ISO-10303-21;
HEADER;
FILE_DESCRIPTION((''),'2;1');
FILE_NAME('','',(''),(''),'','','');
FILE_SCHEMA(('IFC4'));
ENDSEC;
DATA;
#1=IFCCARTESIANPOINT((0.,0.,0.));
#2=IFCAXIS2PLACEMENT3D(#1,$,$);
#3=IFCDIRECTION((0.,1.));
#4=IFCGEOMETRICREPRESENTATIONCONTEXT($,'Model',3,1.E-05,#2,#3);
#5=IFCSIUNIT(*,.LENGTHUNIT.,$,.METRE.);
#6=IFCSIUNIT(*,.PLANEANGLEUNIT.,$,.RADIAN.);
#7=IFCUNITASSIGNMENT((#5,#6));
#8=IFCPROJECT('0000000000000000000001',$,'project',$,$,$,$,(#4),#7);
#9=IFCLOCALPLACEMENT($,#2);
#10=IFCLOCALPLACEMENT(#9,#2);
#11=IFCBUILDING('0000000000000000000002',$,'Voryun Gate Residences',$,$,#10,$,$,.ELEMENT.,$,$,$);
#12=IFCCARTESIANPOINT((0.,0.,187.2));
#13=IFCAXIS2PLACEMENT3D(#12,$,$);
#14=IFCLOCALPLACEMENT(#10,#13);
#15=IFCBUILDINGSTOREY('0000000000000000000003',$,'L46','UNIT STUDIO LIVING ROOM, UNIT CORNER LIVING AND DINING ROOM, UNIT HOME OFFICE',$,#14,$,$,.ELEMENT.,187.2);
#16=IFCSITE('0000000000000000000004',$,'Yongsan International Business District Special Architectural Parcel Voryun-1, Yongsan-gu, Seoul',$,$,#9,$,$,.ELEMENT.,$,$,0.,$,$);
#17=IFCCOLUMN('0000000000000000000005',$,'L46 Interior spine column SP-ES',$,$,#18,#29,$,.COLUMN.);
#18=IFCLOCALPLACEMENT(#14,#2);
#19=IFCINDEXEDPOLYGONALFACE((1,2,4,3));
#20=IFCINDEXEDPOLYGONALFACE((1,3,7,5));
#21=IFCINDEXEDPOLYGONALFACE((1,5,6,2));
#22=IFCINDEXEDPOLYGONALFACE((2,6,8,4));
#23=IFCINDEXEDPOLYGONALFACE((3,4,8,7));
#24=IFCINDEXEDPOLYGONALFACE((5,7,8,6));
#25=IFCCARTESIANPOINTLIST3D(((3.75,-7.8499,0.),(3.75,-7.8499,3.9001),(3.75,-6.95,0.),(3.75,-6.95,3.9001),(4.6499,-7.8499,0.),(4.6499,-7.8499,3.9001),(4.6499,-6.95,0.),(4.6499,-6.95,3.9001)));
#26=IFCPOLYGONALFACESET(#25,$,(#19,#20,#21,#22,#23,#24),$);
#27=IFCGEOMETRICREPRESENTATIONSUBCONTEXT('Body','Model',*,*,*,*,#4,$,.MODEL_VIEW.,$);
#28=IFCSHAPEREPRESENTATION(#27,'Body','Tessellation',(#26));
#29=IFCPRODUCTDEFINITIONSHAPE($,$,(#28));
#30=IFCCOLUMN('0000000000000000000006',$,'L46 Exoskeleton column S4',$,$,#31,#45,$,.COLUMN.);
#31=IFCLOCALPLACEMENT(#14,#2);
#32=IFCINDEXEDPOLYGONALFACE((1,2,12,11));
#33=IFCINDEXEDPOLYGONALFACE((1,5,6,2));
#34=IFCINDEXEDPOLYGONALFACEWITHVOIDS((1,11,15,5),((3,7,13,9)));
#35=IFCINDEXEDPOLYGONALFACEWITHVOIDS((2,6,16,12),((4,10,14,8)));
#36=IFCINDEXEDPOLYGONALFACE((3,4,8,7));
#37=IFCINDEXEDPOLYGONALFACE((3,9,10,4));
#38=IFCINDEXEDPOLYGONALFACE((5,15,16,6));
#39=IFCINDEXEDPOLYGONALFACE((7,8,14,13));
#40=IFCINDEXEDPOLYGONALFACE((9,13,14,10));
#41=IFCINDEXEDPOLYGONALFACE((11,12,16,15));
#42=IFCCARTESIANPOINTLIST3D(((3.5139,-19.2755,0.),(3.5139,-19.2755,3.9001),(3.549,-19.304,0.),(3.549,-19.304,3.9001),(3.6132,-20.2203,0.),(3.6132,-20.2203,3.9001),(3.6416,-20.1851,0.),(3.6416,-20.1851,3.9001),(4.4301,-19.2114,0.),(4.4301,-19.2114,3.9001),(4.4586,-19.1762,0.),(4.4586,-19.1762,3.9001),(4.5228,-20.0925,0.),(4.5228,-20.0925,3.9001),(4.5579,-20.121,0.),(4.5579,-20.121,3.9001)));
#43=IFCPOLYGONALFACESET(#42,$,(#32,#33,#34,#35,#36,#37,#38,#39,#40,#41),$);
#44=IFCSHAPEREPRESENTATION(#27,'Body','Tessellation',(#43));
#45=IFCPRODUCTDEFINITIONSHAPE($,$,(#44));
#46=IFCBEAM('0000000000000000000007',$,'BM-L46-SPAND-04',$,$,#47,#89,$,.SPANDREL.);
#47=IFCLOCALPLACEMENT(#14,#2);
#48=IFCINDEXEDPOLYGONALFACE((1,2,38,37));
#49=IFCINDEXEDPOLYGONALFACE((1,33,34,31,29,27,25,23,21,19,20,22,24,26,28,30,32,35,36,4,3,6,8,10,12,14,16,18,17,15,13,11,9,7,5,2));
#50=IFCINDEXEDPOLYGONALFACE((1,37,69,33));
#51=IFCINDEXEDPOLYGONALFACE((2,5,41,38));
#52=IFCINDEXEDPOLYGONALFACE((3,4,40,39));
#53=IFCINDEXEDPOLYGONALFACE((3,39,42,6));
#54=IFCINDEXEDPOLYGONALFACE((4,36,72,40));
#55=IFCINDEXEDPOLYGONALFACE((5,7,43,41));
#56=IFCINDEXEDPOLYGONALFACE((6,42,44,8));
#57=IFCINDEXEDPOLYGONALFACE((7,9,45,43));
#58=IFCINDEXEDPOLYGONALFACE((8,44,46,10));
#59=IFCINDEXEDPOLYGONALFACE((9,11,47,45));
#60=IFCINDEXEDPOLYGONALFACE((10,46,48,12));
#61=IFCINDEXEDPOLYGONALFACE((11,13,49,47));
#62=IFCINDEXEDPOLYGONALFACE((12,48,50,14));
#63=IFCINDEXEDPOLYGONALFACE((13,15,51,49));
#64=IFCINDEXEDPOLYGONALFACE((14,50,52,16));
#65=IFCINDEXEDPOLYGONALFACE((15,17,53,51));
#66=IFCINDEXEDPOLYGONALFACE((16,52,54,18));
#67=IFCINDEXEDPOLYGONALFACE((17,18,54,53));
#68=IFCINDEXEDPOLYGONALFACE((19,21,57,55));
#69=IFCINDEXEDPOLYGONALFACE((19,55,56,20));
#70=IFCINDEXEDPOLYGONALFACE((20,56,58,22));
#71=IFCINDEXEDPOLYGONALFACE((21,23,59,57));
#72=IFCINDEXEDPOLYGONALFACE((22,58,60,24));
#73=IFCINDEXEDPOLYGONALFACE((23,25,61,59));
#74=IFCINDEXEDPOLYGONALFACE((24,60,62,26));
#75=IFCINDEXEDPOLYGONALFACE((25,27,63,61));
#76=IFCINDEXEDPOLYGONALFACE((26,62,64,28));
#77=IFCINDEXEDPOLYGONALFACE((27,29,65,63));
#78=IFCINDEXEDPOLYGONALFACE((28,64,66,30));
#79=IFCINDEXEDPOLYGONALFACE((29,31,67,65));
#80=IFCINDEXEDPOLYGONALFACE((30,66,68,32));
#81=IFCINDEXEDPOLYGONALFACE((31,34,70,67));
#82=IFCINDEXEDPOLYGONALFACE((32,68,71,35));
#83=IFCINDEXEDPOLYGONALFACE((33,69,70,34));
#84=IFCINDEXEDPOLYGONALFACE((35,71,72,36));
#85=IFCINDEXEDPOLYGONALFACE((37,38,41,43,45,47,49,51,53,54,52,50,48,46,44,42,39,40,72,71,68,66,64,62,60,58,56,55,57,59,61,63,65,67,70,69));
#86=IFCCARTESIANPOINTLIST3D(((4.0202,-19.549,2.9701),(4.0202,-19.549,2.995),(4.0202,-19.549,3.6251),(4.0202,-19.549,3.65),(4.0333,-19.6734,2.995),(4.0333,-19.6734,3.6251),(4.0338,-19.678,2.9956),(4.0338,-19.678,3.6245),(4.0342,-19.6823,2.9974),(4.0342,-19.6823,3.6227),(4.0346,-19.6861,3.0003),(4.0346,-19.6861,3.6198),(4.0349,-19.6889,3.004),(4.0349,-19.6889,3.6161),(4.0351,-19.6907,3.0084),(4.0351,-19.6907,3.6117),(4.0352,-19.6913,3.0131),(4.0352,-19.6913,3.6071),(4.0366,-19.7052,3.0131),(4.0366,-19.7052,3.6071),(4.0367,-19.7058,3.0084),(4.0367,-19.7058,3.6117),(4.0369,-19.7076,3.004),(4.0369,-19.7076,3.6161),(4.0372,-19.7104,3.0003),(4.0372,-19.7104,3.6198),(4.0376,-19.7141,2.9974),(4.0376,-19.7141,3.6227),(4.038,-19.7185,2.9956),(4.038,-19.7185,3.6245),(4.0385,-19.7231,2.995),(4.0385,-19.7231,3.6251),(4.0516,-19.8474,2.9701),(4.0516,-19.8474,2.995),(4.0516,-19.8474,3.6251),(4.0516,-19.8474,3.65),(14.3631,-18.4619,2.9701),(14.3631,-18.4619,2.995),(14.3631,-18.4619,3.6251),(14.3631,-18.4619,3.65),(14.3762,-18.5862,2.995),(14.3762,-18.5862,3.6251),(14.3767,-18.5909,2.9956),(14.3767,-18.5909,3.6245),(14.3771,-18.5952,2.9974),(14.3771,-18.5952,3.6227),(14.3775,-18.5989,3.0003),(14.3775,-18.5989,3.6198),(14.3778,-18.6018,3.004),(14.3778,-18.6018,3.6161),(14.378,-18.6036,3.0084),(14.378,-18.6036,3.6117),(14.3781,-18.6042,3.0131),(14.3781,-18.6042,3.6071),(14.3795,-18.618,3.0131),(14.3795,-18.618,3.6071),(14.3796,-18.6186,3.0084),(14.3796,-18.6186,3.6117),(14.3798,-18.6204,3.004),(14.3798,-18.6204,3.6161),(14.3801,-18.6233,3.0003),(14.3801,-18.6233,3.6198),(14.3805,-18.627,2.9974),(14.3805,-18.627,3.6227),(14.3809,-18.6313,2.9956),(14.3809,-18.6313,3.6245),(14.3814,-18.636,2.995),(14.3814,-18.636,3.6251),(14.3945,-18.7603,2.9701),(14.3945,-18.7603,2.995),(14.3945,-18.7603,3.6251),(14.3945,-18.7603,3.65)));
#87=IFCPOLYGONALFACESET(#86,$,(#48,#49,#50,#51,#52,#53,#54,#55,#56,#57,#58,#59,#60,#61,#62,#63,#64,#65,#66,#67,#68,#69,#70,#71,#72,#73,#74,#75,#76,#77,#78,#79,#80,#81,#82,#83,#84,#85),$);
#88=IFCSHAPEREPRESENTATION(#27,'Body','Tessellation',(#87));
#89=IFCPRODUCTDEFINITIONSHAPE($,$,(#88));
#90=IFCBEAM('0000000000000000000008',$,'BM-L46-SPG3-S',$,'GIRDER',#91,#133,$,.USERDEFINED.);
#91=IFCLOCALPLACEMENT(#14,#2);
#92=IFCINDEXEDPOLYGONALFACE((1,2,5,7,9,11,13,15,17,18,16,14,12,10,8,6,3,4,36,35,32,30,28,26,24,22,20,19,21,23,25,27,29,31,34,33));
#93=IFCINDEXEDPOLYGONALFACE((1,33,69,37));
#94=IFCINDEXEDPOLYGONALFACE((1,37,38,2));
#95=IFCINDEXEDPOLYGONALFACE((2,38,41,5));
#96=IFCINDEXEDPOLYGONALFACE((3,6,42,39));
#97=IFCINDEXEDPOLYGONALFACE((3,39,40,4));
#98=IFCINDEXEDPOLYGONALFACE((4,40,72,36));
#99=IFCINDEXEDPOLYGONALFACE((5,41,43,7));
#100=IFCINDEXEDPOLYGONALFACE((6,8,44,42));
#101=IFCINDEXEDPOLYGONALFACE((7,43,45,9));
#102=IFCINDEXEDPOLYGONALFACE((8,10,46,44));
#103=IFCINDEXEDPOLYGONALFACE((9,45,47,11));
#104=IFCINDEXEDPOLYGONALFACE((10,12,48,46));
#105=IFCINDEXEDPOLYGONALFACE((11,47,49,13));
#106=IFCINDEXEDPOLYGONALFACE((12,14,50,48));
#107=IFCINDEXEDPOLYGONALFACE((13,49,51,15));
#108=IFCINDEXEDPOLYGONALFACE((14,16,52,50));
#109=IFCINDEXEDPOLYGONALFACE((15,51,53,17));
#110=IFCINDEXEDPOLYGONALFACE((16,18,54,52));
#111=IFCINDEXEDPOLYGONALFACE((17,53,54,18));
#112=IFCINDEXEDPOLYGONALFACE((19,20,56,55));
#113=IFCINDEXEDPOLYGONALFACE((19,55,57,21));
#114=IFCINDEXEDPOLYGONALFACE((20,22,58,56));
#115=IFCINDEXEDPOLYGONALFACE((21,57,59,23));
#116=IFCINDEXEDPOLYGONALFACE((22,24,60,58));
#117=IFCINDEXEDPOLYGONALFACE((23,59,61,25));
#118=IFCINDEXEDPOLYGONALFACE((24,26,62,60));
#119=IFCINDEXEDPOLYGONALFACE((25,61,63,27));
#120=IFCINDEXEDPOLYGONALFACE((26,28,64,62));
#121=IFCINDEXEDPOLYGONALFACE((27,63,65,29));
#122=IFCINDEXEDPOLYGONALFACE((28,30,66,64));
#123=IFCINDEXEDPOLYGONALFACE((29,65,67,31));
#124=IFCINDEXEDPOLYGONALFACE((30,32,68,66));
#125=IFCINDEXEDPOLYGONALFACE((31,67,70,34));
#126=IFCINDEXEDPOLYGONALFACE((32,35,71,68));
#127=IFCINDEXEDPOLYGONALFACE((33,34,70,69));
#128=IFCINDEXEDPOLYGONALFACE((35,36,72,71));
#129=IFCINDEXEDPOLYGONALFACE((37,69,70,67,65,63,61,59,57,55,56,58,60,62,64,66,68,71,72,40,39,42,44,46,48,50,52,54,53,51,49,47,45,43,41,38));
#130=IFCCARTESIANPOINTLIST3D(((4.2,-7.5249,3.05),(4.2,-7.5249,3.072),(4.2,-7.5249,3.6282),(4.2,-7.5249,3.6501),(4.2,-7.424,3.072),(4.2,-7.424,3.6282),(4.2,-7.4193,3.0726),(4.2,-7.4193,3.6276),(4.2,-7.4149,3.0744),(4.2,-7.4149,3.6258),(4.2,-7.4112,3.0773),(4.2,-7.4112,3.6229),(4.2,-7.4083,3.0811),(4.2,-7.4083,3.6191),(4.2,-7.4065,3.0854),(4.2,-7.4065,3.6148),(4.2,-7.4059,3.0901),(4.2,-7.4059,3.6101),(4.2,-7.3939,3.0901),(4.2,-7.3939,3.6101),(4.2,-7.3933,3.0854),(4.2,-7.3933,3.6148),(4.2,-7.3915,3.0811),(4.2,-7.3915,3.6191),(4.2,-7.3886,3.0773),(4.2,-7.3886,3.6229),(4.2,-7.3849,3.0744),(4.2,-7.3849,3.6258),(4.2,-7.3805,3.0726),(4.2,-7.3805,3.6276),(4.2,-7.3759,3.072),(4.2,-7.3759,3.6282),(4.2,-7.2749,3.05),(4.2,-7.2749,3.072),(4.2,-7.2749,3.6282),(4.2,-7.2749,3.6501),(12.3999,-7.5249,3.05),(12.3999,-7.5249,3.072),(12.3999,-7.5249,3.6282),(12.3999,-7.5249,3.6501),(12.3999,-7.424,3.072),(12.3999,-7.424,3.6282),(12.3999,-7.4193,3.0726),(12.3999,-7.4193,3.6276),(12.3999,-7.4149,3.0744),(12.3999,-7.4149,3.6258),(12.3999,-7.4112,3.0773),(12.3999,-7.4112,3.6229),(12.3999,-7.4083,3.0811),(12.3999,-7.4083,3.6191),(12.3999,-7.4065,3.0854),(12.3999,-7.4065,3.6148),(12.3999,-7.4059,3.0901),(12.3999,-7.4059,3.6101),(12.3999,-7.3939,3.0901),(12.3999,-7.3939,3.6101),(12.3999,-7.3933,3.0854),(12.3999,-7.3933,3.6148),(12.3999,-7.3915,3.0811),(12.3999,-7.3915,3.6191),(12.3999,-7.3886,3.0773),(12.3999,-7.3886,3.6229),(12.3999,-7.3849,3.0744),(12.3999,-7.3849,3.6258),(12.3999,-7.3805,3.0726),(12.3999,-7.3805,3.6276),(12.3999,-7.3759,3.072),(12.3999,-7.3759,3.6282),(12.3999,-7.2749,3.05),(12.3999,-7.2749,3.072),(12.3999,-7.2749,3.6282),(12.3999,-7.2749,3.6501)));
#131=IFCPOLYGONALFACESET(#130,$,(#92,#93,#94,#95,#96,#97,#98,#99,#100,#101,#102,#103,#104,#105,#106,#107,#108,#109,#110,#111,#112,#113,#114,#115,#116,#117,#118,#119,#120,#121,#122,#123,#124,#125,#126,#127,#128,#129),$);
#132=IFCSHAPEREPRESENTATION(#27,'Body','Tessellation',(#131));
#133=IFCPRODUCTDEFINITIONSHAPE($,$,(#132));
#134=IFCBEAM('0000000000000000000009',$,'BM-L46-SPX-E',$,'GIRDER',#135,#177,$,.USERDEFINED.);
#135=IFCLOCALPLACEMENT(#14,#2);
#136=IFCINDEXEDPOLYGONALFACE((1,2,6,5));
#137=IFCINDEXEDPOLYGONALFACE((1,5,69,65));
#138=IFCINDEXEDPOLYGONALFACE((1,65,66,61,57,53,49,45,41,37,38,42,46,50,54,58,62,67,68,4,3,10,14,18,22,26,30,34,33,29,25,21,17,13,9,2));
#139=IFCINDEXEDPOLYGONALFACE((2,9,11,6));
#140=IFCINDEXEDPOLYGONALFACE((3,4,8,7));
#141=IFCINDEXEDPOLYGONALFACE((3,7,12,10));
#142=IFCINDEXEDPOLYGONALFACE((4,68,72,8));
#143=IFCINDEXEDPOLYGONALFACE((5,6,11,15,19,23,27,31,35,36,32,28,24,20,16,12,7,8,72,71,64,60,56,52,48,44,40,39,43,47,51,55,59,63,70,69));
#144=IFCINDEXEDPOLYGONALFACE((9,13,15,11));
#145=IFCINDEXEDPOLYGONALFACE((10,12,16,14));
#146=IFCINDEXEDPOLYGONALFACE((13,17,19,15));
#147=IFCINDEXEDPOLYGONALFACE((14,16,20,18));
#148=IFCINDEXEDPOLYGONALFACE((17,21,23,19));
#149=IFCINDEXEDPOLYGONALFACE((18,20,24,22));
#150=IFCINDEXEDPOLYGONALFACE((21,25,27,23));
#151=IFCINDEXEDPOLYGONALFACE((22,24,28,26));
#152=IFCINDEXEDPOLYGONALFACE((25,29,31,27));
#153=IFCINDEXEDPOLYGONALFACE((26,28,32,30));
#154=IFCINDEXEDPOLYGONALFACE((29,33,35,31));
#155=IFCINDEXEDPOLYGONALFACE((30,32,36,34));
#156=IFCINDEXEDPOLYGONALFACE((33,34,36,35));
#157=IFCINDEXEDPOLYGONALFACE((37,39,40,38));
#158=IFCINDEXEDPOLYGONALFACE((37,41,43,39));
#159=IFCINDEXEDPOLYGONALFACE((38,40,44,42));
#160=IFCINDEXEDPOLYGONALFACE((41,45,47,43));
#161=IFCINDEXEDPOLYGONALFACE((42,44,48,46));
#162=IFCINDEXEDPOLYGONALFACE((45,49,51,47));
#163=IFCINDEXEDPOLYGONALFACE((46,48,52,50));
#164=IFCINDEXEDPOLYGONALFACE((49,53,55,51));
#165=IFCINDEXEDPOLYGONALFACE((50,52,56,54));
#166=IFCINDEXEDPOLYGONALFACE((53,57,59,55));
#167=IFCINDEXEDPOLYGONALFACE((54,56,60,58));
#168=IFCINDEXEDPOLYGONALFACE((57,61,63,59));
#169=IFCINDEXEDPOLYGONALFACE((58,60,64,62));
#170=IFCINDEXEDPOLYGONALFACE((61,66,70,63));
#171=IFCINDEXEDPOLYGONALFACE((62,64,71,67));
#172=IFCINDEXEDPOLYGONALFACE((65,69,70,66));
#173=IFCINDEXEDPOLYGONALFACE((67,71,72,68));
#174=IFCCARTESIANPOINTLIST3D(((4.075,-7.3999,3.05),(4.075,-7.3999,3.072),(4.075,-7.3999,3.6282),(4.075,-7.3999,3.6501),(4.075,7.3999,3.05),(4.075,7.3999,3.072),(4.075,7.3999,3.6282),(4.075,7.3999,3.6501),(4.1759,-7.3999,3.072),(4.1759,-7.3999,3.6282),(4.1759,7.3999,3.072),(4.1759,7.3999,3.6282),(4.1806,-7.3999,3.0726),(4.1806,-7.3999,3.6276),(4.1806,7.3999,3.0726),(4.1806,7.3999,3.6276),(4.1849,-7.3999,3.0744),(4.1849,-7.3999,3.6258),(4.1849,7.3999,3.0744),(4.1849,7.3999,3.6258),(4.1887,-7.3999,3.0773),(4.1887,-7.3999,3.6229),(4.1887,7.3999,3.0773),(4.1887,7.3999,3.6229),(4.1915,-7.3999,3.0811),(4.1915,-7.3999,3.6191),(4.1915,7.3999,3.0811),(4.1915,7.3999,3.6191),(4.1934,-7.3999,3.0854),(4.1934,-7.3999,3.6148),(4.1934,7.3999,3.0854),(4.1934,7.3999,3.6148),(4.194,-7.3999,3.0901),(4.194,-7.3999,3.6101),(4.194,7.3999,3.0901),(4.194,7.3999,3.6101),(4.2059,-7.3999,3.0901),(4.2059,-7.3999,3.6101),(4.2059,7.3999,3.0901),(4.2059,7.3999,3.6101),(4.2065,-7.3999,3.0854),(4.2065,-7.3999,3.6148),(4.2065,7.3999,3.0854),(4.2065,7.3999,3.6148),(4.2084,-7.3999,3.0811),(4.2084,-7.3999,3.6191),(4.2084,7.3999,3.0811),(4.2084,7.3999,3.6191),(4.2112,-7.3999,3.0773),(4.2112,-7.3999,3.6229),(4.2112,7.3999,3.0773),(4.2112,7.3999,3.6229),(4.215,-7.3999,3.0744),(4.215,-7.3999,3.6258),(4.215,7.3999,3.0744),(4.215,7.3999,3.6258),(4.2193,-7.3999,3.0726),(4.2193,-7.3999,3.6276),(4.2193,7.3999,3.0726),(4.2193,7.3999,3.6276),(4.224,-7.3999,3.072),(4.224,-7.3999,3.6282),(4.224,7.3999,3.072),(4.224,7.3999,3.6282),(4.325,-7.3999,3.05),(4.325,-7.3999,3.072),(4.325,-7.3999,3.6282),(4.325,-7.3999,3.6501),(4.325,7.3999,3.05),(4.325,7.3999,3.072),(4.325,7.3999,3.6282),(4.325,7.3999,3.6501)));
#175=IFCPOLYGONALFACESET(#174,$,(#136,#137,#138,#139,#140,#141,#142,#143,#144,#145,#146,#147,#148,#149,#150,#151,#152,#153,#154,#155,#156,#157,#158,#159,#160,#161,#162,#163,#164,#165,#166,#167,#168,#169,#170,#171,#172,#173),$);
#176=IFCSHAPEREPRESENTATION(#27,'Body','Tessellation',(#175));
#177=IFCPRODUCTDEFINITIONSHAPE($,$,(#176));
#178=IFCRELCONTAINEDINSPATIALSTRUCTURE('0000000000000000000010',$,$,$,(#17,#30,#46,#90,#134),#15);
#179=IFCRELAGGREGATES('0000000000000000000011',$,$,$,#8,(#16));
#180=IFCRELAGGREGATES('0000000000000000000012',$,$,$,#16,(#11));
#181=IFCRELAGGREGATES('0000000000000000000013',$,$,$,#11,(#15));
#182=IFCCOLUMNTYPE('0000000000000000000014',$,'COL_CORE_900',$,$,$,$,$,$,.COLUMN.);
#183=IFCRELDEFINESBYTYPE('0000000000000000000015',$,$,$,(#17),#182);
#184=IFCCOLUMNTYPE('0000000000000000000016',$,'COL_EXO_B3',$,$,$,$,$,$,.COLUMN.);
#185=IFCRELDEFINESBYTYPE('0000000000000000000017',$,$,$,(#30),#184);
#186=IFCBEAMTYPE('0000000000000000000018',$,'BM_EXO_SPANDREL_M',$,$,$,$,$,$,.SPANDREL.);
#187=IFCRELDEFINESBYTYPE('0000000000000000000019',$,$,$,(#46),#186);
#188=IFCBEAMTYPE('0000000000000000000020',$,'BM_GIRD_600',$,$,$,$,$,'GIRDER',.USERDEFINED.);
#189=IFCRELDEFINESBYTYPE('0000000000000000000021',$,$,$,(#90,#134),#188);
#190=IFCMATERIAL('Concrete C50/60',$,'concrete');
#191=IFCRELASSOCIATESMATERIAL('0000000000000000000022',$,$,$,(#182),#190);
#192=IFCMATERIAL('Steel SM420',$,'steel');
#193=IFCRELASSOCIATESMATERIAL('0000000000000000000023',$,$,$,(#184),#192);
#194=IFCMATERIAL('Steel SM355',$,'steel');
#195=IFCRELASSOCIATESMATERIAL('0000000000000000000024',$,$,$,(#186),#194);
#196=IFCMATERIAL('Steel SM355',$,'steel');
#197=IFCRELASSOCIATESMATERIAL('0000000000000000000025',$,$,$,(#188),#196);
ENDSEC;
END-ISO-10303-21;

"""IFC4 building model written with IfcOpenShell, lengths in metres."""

from ifc_helpers import new_model, si_unit, direction, frame, origin, origin_2d, place, context, subcontext, project, spatial, rectangle, hollow_rectangle, i_section, extrude, material, material_profile, profile_set, type_object, element, save


model = new_model("IFC4")

# Units and contexts
model_context = context("Model", 3, precision=1e-05, world=origin(), true_north=direction((0.0, 1.0)))
body_context = subcontext(model_context, "Body", "Model", "MODEL_VIEW")
ifc_project = project(units=[si_unit("LENGTHUNIT", "METRE"), si_unit("PLANEANGLEUNIT", "RADIAN")], contexts=[model_context])

# Site, building, storey
site_placement = place(None, origin())
site = spatial("IfcSite", under=ifc_project, at=site_placement, Name="Yongsan International Business District Special Architectural Parcel Voryun-1, Yongsan-gu, Seoul", CompositionType="ELEMENT", RefElevation=0.0)
building_placement = place(site_placement, origin())
building = spatial("IfcBuilding", under=site, at=building_placement, Name="Voryun Gate Residences", CompositionType="ELEMENT")
storey_placement = place(building_placement, frame((0.0, 0.0, 187.2)))
storey = spatial("IfcBuildingStorey", under=building, at=storey_placement, Name="L46", Description="UNIT STUDIO LIVING ROOM, UNIT CORNER LIVING AND DINING ROOM, UNIT HOME OFFICE", CompositionType="ELEMENT", Elevation=187.2)

# Columns
ifc_material_1 = material(Name="Concrete C50/60", Category="concrete")
ifc_material_profile_1 = material_profile(ifc_material_1, rectangle(XDim=0.8999, YDim=0.8999, at=origin_2d()), Name="RC-900x900")
ifc_profile_set_1 = profile_set([ifc_material_profile_1], Name="Concrete C50/60")
column_type_1 = type_object("IfcColumnType", Name="COL_CORE_900", PredefinedType="COLUMN", material=ifc_profile_set_1)
column_1_placement = place(storey_placement, frame((4.2, -7.3999, 0.0), z_axis=(0.0, 0.0, 1.0), x_axis=(1.0, 0.0, 0.0)))
element("IfcColumn", 1, at=column_1_placement, inside=storey, type_object=column_type_1, Name="L46 Interior spine column SP-ES", PredefinedType="COLUMN", context=body_context, shape_type="SweptSolid", body=[
    extrude(rectangle(XDim=0.8999, YDim=0.8999, at=origin_2d()), origin(), (0.0, 0.0, 1.0), 3.9001),
])
ifc_material_2 = material(Name="Steel SM420", Category="steel")
ifc_material_profile_2 = material_profile(ifc_material_2, hollow_rectangle(XDim=0.95, YDim=0.95, WallThickness=0.032, at=origin_2d()), Name="BOX-950x950x32")
ifc_profile_set_2 = profile_set([ifc_material_profile_2], Name="Steel SM420")
column_type_2 = type_object("IfcColumnType", Name="COL_EXO_B3", PredefinedType="COLUMN", material=ifc_profile_set_2)
column_2_placement = place(storey_placement, frame((4.0359, -19.6982, 0.0), z_axis=(0.0, 0.0, 1.0), x_axis=(0.994522, 0.104528, 0.0)))
element("IfcColumn", 2, at=column_2_placement, inside=storey, type_object=column_type_2, Name="L46 Exoskeleton column S4", PredefinedType="COLUMN", context=body_context, shape_type="SweptSolid", body=[
    extrude(hollow_rectangle(XDim=0.95, YDim=0.95, WallThickness=0.032, at=origin_2d()), origin(), (0.0, 0.0, 1.0), 3.9001),
])

# Beams
ifc_material_3 = material(Name="Steel SM355", Category="steel")
ifc_material_profile_3 = material_profile(ifc_material_3, i_section(OverallWidth=0.3, OverallDepth=0.6799, WebThickness=0.0139, FlangeThickness=0.0249, FilletRadius=0.0181, at=origin_2d()), Name="H-680x300x14x25")
ifc_profile_set_3 = profile_set([ifc_material_profile_3], Name="Steel SM355")
beam_type_1 = type_object("IfcBeamType", Name="BM_EXO_SPANDREL_M", PredefinedType="SPANDREL", material=ifc_profile_set_3)
beam_1_placement = place(storey_placement, frame((4.0359, -19.6982, 3.3101), z_axis=(0.994521, 0.104534, 0.0), x_axis=(-0.104534, 0.994521, 0.0)))
element("IfcBeam", 3, at=beam_1_placement, inside=storey, type_object=beam_type_1, Name="BM-L46-SPAND-04", PredefinedType="SPANDREL", context=body_context, shape_type="SweptSolid", body=[
    extrude(i_section(OverallWidth=0.3, OverallDepth=0.6799, WebThickness=0.0139, FlangeThickness=0.0249, FilletRadius=0.0181, at=origin_2d()), origin(), (0.0, 0.0, 1.0), 10.3999),
])
ifc_material_4 = material(Name="Steel SM355", Category="steel")
ifc_material_profile_4 = material_profile(ifc_material_4, i_section(OverallWidth=0.25, OverallDepth=0.6001, WebThickness=0.012, FlangeThickness=0.022, FilletRadius=0.0181, at=origin_2d()), Name="H-600x250x12x22")
ifc_profile_set_4 = profile_set([ifc_material_profile_4], Name="Steel SM355")
beam_type_2 = type_object("IfcBeamType", Name="BM_GIRD_600", ElementType="GIRDER", PredefinedType="USERDEFINED", material=ifc_profile_set_4)
beam_2_placement = place(storey_placement, frame((4.2, -7.3999, 3.3501), z_axis=(1.0, 0.0, 0.0), x_axis=(0.0, 1.0, 0.0)))
element("IfcBeam", 4, at=beam_2_placement, inside=storey, type_object=beam_type_2, Name="BM-L46-SPG3-S", ObjectType="GIRDER", PredefinedType="USERDEFINED", context=body_context, shape_type="SweptSolid", body=[
    extrude(i_section(OverallWidth=0.25, OverallDepth=0.6001, WebThickness=0.012, FlangeThickness=0.022, FilletRadius=0.0181, at=origin_2d()), origin(), (0.0, 0.0, 1.0), 8.2),
])
beam_3_placement = place(storey_placement, frame((4.2, -7.3999, 3.3501), z_axis=(0.0, 1.0, 0.0), x_axis=(-1.0, 0.0, 0.0)))
element("IfcBeam", 5, at=beam_3_placement, inside=storey, type_object=beam_type_2, Name="BM-L46-SPX-E", ObjectType="GIRDER", PredefinedType="USERDEFINED", context=body_context, shape_type="SweptSolid", body=[
    extrude(i_section(OverallWidth=0.25, OverallDepth=0.6001, WebThickness=0.012, FlangeThickness=0.022, FilletRadius=0.0181, at=origin_2d()), origin(), (0.0, 0.0, 1.0), 14.7998),
])

save(model, "model.ifc")
